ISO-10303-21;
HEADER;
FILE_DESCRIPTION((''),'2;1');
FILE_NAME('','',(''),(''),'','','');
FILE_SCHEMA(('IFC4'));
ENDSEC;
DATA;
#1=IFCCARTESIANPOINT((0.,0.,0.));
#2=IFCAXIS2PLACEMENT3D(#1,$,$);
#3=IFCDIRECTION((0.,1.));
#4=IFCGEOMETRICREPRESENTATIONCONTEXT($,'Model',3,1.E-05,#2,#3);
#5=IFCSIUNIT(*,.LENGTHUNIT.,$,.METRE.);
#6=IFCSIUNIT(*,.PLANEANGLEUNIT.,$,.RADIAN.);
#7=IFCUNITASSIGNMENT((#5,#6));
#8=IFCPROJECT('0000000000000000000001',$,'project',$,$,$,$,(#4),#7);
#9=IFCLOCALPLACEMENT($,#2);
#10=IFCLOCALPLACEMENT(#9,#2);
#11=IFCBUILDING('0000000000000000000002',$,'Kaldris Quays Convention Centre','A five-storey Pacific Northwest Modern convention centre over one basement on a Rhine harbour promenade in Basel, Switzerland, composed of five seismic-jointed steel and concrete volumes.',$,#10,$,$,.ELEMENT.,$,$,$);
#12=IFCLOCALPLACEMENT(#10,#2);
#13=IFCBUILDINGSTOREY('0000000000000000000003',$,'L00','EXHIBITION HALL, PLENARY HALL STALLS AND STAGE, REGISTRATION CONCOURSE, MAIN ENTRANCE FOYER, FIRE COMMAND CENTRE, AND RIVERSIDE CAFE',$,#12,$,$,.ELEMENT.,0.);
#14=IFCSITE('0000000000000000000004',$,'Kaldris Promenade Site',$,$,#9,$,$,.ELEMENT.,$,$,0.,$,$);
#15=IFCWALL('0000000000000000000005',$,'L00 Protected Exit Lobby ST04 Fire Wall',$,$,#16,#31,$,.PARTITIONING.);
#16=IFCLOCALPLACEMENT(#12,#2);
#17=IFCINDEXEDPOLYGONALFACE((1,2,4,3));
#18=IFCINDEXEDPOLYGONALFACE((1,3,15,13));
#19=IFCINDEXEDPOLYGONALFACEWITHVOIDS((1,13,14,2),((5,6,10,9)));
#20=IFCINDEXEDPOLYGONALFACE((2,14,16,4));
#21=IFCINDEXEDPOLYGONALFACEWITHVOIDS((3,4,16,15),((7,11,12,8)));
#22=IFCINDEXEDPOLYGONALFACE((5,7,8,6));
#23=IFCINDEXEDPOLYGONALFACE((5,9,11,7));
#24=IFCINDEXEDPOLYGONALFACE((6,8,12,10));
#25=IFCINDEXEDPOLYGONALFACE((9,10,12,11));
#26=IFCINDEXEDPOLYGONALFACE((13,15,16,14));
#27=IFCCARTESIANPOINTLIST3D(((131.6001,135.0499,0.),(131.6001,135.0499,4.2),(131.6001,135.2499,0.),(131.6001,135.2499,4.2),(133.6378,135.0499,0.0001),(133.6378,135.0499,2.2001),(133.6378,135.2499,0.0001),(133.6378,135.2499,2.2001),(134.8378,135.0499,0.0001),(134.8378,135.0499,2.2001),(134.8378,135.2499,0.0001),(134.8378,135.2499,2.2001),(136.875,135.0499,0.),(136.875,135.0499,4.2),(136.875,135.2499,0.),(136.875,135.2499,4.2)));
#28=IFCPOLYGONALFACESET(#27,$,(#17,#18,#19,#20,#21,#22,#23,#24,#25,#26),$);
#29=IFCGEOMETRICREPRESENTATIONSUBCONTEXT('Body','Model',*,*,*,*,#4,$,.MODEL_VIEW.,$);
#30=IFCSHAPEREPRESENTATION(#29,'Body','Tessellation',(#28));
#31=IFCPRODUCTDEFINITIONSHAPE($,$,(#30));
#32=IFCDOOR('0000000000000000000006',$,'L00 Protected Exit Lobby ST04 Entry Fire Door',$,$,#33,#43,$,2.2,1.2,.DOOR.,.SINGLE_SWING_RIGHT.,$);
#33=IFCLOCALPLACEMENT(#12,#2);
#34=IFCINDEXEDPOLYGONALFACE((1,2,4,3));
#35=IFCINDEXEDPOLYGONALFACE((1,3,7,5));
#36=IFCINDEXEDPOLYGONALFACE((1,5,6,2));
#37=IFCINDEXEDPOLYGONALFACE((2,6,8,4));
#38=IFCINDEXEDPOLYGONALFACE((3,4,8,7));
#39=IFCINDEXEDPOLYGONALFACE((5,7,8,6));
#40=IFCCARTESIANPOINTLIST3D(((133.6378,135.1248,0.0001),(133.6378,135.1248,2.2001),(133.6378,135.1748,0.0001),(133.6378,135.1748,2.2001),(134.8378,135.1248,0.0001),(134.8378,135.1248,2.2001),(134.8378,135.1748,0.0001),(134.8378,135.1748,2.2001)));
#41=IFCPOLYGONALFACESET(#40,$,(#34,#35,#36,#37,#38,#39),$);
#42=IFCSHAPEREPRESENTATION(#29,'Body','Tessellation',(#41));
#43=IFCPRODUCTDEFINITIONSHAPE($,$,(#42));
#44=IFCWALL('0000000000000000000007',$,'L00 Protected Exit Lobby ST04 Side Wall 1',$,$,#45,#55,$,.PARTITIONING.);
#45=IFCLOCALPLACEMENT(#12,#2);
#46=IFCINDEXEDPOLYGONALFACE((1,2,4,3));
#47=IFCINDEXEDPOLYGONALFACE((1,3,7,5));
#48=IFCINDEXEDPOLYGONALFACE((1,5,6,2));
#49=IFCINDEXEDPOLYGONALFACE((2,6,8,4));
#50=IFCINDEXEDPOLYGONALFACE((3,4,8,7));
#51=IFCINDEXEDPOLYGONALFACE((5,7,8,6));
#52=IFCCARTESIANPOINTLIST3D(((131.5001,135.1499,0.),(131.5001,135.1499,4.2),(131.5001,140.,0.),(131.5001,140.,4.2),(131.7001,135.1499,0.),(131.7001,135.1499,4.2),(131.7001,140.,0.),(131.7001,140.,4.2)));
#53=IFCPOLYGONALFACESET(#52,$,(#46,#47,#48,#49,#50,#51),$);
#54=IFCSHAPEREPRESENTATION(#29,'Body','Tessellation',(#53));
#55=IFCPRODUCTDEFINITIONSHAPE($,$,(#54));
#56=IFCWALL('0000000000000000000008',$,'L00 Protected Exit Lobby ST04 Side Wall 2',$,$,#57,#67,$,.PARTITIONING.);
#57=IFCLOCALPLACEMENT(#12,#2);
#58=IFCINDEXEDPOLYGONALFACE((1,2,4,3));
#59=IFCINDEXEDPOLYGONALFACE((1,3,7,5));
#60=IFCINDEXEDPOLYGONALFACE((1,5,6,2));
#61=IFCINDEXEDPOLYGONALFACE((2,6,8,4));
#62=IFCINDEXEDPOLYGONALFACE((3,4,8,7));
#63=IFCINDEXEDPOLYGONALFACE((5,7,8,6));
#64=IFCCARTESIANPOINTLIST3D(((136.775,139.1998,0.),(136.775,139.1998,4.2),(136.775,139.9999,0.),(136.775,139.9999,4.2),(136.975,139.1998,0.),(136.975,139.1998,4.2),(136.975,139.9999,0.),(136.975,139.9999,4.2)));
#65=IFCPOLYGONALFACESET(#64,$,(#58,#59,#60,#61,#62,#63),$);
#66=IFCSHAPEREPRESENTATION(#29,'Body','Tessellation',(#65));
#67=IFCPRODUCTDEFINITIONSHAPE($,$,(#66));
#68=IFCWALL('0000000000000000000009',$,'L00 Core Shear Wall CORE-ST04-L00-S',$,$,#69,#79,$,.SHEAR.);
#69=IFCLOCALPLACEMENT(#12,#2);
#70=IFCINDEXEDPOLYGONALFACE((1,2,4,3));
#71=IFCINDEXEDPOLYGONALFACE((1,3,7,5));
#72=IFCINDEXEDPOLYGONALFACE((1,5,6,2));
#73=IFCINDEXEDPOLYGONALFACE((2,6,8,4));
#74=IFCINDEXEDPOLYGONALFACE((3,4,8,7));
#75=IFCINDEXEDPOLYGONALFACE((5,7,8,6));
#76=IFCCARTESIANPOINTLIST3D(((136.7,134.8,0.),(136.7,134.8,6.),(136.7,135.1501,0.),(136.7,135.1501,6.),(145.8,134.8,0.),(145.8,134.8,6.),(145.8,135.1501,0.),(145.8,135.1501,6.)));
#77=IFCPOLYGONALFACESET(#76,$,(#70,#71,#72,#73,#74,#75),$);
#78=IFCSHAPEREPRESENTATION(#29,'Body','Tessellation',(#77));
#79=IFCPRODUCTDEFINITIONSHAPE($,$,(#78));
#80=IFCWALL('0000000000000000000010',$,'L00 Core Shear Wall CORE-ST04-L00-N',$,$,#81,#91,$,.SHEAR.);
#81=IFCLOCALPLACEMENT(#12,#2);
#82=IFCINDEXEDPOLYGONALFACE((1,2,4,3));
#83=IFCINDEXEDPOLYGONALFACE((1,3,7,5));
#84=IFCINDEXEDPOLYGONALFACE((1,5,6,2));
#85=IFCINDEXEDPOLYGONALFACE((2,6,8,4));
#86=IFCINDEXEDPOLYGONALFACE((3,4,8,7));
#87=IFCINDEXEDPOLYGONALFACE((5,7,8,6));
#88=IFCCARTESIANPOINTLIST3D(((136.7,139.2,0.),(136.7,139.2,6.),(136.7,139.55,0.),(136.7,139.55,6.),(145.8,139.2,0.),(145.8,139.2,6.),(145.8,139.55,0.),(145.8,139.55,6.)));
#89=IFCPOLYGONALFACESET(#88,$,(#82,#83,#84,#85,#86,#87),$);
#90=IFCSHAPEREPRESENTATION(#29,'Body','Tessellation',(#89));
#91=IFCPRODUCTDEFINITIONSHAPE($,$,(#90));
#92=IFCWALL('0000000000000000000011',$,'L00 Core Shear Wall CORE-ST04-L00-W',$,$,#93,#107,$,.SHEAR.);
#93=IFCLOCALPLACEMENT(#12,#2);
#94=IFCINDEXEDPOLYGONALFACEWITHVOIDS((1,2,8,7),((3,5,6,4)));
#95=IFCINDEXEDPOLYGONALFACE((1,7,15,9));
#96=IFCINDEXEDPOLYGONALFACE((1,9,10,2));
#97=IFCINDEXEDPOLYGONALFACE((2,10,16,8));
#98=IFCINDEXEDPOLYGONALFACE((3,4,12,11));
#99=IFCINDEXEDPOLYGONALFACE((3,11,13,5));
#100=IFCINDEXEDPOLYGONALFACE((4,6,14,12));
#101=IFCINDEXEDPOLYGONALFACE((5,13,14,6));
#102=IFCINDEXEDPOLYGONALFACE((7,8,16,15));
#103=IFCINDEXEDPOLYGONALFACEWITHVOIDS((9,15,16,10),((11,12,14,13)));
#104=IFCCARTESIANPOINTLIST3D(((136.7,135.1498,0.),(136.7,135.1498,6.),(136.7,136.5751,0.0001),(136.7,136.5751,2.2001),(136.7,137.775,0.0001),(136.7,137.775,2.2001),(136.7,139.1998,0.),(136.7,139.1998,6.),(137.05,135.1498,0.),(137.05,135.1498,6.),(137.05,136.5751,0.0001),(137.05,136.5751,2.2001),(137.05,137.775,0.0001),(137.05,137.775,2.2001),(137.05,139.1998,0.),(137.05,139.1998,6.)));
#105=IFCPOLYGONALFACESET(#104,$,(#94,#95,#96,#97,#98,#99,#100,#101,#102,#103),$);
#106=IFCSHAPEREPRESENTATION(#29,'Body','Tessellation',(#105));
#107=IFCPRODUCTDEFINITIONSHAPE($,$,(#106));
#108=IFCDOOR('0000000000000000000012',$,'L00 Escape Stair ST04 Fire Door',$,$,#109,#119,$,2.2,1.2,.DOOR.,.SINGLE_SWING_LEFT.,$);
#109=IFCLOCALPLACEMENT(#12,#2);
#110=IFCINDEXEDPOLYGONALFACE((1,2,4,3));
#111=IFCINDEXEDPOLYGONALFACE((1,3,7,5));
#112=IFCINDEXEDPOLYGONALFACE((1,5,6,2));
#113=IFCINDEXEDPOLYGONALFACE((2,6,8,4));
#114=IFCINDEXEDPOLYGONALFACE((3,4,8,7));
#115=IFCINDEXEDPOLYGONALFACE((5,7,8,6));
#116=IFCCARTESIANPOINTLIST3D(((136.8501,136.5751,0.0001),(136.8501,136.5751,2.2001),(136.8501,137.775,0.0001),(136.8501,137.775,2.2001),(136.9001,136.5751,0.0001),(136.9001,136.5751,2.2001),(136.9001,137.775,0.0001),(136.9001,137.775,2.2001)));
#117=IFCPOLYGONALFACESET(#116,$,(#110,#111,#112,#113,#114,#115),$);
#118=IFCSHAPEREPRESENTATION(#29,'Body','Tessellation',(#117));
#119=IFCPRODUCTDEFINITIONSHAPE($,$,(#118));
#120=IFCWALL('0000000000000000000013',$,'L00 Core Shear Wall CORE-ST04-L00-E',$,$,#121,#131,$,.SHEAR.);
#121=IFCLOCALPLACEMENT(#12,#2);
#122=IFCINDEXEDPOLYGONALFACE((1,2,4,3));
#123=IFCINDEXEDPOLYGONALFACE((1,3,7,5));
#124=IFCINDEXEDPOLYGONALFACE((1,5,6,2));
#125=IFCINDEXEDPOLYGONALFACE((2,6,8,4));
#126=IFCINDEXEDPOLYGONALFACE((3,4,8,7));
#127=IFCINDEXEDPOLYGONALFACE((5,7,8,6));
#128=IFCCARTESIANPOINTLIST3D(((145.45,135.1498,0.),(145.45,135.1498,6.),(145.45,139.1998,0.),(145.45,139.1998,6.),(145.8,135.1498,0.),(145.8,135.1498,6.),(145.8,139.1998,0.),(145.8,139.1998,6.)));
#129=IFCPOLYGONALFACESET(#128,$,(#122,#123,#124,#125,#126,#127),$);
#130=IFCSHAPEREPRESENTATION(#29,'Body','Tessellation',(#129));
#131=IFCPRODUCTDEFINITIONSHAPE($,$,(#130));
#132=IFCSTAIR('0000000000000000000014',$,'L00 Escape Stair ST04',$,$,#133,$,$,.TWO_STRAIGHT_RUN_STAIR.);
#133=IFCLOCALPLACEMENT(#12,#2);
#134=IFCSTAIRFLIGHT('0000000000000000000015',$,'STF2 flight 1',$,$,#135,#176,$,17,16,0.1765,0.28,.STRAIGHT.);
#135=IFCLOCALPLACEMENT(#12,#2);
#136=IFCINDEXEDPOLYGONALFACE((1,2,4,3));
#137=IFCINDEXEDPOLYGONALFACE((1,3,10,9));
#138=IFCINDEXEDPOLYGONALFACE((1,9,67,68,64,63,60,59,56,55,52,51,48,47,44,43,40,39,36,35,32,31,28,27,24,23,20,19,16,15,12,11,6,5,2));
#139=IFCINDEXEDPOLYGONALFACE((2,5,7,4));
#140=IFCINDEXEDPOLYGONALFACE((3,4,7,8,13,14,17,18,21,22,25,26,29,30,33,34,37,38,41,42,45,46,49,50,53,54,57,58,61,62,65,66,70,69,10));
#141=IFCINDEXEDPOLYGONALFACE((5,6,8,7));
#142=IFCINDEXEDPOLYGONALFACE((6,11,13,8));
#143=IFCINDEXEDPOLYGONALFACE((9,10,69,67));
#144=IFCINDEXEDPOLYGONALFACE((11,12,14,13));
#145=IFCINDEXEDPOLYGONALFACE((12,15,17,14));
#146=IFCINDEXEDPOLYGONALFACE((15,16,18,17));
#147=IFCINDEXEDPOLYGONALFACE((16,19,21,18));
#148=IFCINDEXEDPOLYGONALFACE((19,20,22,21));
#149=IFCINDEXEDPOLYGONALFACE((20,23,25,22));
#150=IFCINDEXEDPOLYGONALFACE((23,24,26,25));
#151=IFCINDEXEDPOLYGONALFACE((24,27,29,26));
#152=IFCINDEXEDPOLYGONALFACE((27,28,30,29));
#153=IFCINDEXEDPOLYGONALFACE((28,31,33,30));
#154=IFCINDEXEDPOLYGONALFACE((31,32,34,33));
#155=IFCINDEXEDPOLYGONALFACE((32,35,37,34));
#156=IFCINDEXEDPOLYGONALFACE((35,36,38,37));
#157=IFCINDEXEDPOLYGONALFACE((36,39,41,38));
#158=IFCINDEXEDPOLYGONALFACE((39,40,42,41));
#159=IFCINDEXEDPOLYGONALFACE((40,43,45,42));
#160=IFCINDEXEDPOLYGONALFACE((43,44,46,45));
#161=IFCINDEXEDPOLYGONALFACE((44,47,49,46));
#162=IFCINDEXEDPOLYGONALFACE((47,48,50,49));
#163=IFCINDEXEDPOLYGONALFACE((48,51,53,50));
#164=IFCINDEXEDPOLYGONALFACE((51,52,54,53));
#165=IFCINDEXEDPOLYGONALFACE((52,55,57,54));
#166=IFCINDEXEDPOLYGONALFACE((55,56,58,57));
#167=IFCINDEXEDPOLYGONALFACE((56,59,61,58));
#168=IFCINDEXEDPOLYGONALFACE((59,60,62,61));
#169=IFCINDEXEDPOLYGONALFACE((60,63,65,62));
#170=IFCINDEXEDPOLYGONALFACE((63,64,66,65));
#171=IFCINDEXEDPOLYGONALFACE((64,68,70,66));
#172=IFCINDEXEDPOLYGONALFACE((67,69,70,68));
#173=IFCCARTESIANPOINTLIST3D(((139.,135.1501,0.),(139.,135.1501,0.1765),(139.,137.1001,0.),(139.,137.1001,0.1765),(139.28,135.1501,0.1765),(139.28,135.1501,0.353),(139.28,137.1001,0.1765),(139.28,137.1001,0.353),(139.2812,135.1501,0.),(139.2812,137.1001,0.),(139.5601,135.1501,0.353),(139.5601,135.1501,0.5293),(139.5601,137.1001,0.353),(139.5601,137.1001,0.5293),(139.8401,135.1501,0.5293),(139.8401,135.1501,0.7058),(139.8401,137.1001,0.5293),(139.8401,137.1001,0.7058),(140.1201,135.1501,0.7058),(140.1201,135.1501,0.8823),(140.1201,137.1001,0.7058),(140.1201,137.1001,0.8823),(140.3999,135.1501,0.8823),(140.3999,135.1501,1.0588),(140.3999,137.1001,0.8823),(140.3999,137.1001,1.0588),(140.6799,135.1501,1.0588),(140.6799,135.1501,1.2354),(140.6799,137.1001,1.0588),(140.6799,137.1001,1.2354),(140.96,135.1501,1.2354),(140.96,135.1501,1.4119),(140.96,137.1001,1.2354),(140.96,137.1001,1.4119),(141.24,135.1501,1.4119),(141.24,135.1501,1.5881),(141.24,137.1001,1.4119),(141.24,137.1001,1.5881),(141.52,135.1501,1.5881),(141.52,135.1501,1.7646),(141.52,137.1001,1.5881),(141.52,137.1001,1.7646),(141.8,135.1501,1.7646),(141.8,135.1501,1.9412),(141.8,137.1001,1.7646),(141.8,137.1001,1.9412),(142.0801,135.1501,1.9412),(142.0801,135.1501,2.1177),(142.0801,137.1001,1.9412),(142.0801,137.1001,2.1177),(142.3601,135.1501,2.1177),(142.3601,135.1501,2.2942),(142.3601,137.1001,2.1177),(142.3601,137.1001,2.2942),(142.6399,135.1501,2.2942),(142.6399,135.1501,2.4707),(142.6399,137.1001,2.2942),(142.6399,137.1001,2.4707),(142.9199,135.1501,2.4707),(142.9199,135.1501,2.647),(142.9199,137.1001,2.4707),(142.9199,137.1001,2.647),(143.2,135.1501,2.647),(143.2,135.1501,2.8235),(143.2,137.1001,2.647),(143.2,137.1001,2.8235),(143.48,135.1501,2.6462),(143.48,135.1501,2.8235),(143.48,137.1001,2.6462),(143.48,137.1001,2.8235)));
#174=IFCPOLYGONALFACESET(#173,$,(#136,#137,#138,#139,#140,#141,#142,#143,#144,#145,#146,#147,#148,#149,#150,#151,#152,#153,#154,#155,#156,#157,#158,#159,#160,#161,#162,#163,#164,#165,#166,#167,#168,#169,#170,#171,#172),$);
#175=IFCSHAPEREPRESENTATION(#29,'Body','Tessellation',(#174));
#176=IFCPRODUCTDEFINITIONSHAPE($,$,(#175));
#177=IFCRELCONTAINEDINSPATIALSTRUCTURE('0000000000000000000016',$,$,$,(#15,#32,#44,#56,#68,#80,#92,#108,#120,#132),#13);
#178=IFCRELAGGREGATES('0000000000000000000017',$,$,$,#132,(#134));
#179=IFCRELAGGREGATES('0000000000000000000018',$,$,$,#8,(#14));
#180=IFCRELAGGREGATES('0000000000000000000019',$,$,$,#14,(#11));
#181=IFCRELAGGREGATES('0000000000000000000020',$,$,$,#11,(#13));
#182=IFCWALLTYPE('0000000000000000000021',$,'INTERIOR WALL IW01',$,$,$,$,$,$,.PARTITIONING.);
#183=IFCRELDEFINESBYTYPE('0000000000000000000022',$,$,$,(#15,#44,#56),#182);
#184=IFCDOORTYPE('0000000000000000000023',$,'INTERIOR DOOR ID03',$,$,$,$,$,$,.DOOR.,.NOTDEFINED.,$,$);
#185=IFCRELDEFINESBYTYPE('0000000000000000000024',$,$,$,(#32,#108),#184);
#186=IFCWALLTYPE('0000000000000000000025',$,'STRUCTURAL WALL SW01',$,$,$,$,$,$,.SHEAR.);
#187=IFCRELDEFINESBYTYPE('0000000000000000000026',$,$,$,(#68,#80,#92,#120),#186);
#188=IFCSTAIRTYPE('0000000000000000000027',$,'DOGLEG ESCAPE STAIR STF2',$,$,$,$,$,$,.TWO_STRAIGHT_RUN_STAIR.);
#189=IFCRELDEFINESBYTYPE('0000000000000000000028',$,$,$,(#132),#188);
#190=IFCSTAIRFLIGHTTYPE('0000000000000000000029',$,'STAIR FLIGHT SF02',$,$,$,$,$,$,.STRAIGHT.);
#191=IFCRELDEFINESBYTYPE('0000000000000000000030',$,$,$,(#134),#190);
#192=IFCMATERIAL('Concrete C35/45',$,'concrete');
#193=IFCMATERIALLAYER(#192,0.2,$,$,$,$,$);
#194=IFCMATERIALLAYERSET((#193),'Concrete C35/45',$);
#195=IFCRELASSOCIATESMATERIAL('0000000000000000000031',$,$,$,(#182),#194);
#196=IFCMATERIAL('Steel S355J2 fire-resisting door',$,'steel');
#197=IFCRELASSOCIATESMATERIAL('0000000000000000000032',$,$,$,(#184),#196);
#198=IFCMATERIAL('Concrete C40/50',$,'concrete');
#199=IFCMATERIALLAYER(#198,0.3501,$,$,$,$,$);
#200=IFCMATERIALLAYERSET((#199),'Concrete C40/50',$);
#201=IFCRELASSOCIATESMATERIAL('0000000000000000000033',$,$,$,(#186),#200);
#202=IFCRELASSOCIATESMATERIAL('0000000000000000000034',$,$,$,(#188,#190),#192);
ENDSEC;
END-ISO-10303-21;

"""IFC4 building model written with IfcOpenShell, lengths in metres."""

from ifc_helpers import new_model, si_unit, direction, frame, frame_2d, origin, place, context, subcontext, project, spatial, polyline, rectangle, outline, extrude, material, layer, layer_set, type_object, element, fill, aggregate, save


model = new_model("IFC4")

# Units and contexts
model_context = context("Model", 3, precision=1e-05, world=origin(), true_north=direction((0.0, 1.0)))
body_context = subcontext(model_context, "Body", "Model", "MODEL_VIEW")
ifc_project = project(units=[si_unit("LENGTHUNIT", "METRE"), si_unit("PLANEANGLEUNIT", "RADIAN")], contexts=[model_context])

# Site, building, storey
site_placement = place(None, origin())
site = spatial("IfcSite", under=ifc_project, at=site_placement, Name="Kaldris Promenade Site", CompositionType="ELEMENT", RefElevation=0.0)
building_placement = place(site_placement, origin())
building = spatial("IfcBuilding", under=site, at=building_placement, Name="Kaldris Quays Convention Centre", Description="A five-storey Pacific Northwest Modern convention centre over one basement on a Rhine harbour promenade in Basel, Switzerland, composed of five seismic-jointed steel and concrete volumes.", CompositionType="ELEMENT")
storey_placement = place(building_placement, origin())
storey = spatial("IfcBuildingStorey", under=building, at=storey_placement, Name="L00", Description="EXHIBITION HALL, PLENARY HALL STALLS AND STAGE, REGISTRATION CONCOURSE, MAIN ENTRANCE FOYER, FIRE COMMAND CENTRE, AND RIVERSIDE CAFE", CompositionType="ELEMENT", Elevation=0.0)

# Shared definitions
ifc_material_1 = material(Name="Concrete C35/45", Category="concrete")

# Wall, opening, door
ifc_layer_1 = layer(ifc_material_1, 0.2)
ifc_layer_set_1 = layer_set([ifc_layer_1], Name="Concrete C35/45")
wall_type_1 = type_object("IfcWallType", Name="INTERIOR WALL IW01", PredefinedType="PARTITIONING", material=ifc_layer_set_1)
wall_1_placement = place(storey_placement, frame((131.6001, 135.1499, 0.0), z_axis=(0.0, 0.0, 1.0), x_axis=(1.0, 0.0, 0.0)))
wall_1 = element("IfcWall", 1, at=wall_1_placement, inside=storey, type_object=wall_type_1, Name="L00 Protected Exit Lobby ST04 Fire Wall", PredefinedType="PARTITIONING", context=body_context, shape_type="SweptSolid", body=[
    extrude(rectangle(XDim=5.2749, YDim=0.2, at=frame_2d((2.6375, 0.0))), origin(), (0.0, 0.0, 1.0), 4.2),
])
opening_1_placement = place(wall_1_placement, frame((2.0376, 0.0, 0.0)))
opening_1 = element("IfcOpeningElement", 2, at=opening_1_placement, cuts=wall_1, PredefinedType="OPENING", context=body_context, shape_type="SweptSolid", body=[
    extrude(rectangle(XDim=1.2, YDim=2.2, at=frame_2d((0.6001, 1.1001))), frame((0.0, 0.1099, 0.0), z_axis=(0.0, -1.0, 0.0), x_axis=(1.0, 0.0, 0.0)), (0.0, 0.0, 1.0), 0.22),
])
ifc_material_2 = material(Name="Steel S355J2 fire-resisting door", Category="steel")
door_type_1 = type_object("IfcDoorType", Name="INTERIOR DOOR ID03", OperationType="NOTDEFINED", PredefinedType="DOOR", material=ifc_material_2)
door_1_placement = place(opening_1_placement, origin())
door_1 = element("IfcDoor", 3, at=door_1_placement, inside=storey, type_object=door_type_1, Name="L00 Protected Exit Lobby ST04 Entry Fire Door", OperationType="SINGLE_SWING_RIGHT", OverallHeight=2.2, OverallWidth=1.2, PredefinedType="DOOR", context=body_context, shape_type="SweptSolid", body=[
    extrude(rectangle(XDim=1.2, YDim=2.2, at=frame_2d((0.6001, 1.1001))), frame((0.0, 0.0249, 0.0), z_axis=(0.0, -1.0, 0.0), x_axis=(1.0, 0.0, 0.0)), (0.0, 0.0, 1.0), 0.05),
])
fill(opening_1, door_1)

# Walls
wall_2_placement = place(storey_placement, frame((131.6001, 135.1499, 0.0), z_axis=(0.0, 0.0, 1.0), x_axis=(0.0, 1.0, 0.0)))
element("IfcWall", 4, at=wall_2_placement, inside=storey, type_object=wall_type_1, Name="L00 Protected Exit Lobby ST04 Side Wall 1", PredefinedType="PARTITIONING", context=body_context, shape_type="SweptSolid", body=[
    extrude(rectangle(XDim=4.8501, YDim=0.2, at=frame_2d((2.425, 0.0))), origin(), (0.0, 0.0, 1.0), 4.2),
])
wall_3_placement = place(storey_placement, frame((136.875, 139.2, 0.0), z_axis=(0.0, 0.0, 1.0), x_axis=(0.0, 1.0, 0.0)))
element("IfcWall", 5, at=wall_3_placement, inside=storey, type_object=wall_type_1, Name="L00 Protected Exit Lobby ST04 Side Wall 2", PredefinedType="PARTITIONING", context=body_context, shape_type="SweptSolid", body=[
    extrude(rectangle(XDim=0.8, YDim=0.2, at=frame_2d((0.3999, 0.0))), origin(), (0.0, 0.0, 1.0), 4.2),
])
ifc_material_3 = material(Name="Concrete C40/50", Category="concrete")
ifc_layer_2 = layer(ifc_material_3, 0.3501)
ifc_layer_set_2 = layer_set([ifc_layer_2], Name="Concrete C40/50")
wall_type_2 = type_object("IfcWallType", Name="STRUCTURAL WALL SW01", PredefinedType="SHEAR", material=ifc_layer_set_2)
for number, where, z_axis, x_axis, name in (
    (6, (136.7, 134.9751, 0.0), (0.0, 0.0, 1.0), (1.0, 0.0, 0.0), "L00 Core Shear Wall CORE-ST04-L00-S"),
    (7, (136.7, 139.375, 0.0), (0.0, 0.0, 1.0), (1.0, 0.0, 0.0), "L00 Core Shear Wall CORE-ST04-L00-N"),
):
    element("IfcWall", number, at=place(storey_placement, frame(where, z_axis=z_axis, x_axis=x_axis)), inside=storey, type_object=wall_type_2, Name=name, PredefinedType="SHEAR", context=body_context, shape_type="SweptSolid", body=[
        extrude(rectangle(XDim=9.1001, YDim=0.3501, at=frame_2d((4.55, 0.0))), origin(), (0.0, 0.0, 1.0), 6.0),
    ])

# Wall, opening, door
wall_4_placement = place(storey_placement, frame((136.875, 135.1499, 0.0), z_axis=(0.0, 0.0, 1.0), x_axis=(0.0, 1.0, 0.0)))
wall_4 = element("IfcWall", 8, at=wall_4_placement, inside=storey, type_object=wall_type_2, Name="L00 Core Shear Wall CORE-ST04-L00-W", PredefinedType="SHEAR", context=body_context, shape_type="SweptSolid", body=[
    extrude(rectangle(XDim=4.05, YDim=0.3501, at=frame_2d((2.0249, 0.0))), origin(), (0.0, 0.0, 1.0), 6.0),
])
opening_2_placement = place(wall_4_placement, frame((1.425, 0.0, 0.0)))
opening_2 = element("IfcOpeningElement", 9, at=opening_2_placement, cuts=wall_4, PredefinedType="OPENING", context=body_context, shape_type="SweptSolid", body=[
    extrude(rectangle(XDim=1.2, YDim=2.2, at=frame_2d((0.6001, 1.1001))), frame((0.0, 0.1851, 0.0), z_axis=(0.0, -1.0, 0.0), x_axis=(1.0, 0.0, 0.0)), (0.0, 0.0, 1.0), 0.3701),
])
door_2_placement = place(opening_2_placement, origin())
door_2 = element("IfcDoor", 10, at=door_2_placement, inside=storey, type_object=door_type_1, Name="L00 Escape Stair ST04 Fire Door", OperationType="SINGLE_SWING_LEFT", OverallHeight=2.2, OverallWidth=1.2, PredefinedType="DOOR", context=body_context, shape_type="SweptSolid", body=[
    extrude(rectangle(XDim=1.2, YDim=2.2, at=frame_2d((0.6001, 1.1001))), frame((0.0, 0.0249, 0.0), z_axis=(0.0, -1.0, 0.0), x_axis=(1.0, 0.0, 0.0)), (0.0, 0.0, 1.0), 0.05),
])
fill(opening_2, door_2)

# Wall
wall_5_placement = place(storey_placement, frame((145.625, 135.1499, 0.0), z_axis=(0.0, 0.0, 1.0), x_axis=(0.0, 1.0, 0.0)))
element("IfcWall", 11, at=wall_5_placement, inside=storey, type_object=wall_type_2, Name="L00 Core Shear Wall CORE-ST04-L00-E", PredefinedType="SHEAR", context=body_context, shape_type="SweptSolid", body=[
    extrude(rectangle(XDim=4.05, YDim=0.3501, at=frame_2d((2.0249, 0.0))), origin(), (0.0, 0.0, 1.0), 6.0),
])

# Stair, stair flight
stair_type = type_object("IfcStairType", Name="DOGLEG ESCAPE STAIR STF2", PredefinedType="TWO_STRAIGHT_RUN_STAIR", material=ifc_material_1)
stair_placement = place(storey_placement, origin())
stair = element("IfcStair", 12, at=stair_placement, inside=storey, type_object=stair_type, Name="L00 Escape Stair ST04", PredefinedType="TWO_STRAIGHT_RUN_STAIR")
stair_flight_type = type_object("IfcStairFlightType", Name="STAIR FLIGHT SF02", PredefinedType="STRAIGHT", material=ifc_material_1)
stair_flight_1_placement = place(storey_placement, frame((139.0, 136.125, 0.0), z_axis=(0.0, 0.0, 1.0), x_axis=(1.0, 0.0, 0.0)))
stair_flight_1 = element("IfcStairFlight", 13, at=stair_flight_1_placement, type_object=stair_flight_type, Name="STF2 flight 1", NumberOfRisers=17, NumberOfTreads=16, PredefinedType="STRAIGHT", RiserHeight=0.1765, TreadLength=0.28, context=body_context, shape_type="SweptSolid", body=[
    extrude(outline(polyline([(0.0, 0.0), (0.0, 0.1765), (0.28, 0.1765), (0.28, 0.353), (0.5601, 0.353), (0.5601, 0.5293), (0.8401, 0.5293), (0.8401, 0.7058), (1.1201, 0.7058), (1.1201, 0.8823), (1.3999, 0.8823), (1.3999, 1.0588), (1.6799, 1.0588), (1.6799, 1.2354), (1.96, 1.2354), (1.96, 1.4119), (2.24, 1.4119), (2.24, 1.5881), (2.52, 1.5881), (2.52, 1.7646), (2.8, 1.7646), (2.8, 1.9412), (3.0801, 1.9412), (3.0801, 2.1177), (3.3601, 2.1177), (3.3601, 2.2942), (3.6399, 2.2942), (3.6399, 2.4707), (3.9199, 2.4707), (3.9199, 2.647), (4.2, 2.647), (4.2, 2.8235), (4.48, 2.8235), (4.48, 3.0), (4.48, 2.6462), (0.2812, 0.0), (0.0, 0.0)])), frame((0.0, 0.9751, 0.0), z_axis=(0.0, -1.0, 0.0), x_axis=(1.0, 0.0, 0.0)), (0.0, 0.0, 1.0), 1.95),
])
aggregate(stair, [stair_flight_1])

save(model, "model.ifc")
